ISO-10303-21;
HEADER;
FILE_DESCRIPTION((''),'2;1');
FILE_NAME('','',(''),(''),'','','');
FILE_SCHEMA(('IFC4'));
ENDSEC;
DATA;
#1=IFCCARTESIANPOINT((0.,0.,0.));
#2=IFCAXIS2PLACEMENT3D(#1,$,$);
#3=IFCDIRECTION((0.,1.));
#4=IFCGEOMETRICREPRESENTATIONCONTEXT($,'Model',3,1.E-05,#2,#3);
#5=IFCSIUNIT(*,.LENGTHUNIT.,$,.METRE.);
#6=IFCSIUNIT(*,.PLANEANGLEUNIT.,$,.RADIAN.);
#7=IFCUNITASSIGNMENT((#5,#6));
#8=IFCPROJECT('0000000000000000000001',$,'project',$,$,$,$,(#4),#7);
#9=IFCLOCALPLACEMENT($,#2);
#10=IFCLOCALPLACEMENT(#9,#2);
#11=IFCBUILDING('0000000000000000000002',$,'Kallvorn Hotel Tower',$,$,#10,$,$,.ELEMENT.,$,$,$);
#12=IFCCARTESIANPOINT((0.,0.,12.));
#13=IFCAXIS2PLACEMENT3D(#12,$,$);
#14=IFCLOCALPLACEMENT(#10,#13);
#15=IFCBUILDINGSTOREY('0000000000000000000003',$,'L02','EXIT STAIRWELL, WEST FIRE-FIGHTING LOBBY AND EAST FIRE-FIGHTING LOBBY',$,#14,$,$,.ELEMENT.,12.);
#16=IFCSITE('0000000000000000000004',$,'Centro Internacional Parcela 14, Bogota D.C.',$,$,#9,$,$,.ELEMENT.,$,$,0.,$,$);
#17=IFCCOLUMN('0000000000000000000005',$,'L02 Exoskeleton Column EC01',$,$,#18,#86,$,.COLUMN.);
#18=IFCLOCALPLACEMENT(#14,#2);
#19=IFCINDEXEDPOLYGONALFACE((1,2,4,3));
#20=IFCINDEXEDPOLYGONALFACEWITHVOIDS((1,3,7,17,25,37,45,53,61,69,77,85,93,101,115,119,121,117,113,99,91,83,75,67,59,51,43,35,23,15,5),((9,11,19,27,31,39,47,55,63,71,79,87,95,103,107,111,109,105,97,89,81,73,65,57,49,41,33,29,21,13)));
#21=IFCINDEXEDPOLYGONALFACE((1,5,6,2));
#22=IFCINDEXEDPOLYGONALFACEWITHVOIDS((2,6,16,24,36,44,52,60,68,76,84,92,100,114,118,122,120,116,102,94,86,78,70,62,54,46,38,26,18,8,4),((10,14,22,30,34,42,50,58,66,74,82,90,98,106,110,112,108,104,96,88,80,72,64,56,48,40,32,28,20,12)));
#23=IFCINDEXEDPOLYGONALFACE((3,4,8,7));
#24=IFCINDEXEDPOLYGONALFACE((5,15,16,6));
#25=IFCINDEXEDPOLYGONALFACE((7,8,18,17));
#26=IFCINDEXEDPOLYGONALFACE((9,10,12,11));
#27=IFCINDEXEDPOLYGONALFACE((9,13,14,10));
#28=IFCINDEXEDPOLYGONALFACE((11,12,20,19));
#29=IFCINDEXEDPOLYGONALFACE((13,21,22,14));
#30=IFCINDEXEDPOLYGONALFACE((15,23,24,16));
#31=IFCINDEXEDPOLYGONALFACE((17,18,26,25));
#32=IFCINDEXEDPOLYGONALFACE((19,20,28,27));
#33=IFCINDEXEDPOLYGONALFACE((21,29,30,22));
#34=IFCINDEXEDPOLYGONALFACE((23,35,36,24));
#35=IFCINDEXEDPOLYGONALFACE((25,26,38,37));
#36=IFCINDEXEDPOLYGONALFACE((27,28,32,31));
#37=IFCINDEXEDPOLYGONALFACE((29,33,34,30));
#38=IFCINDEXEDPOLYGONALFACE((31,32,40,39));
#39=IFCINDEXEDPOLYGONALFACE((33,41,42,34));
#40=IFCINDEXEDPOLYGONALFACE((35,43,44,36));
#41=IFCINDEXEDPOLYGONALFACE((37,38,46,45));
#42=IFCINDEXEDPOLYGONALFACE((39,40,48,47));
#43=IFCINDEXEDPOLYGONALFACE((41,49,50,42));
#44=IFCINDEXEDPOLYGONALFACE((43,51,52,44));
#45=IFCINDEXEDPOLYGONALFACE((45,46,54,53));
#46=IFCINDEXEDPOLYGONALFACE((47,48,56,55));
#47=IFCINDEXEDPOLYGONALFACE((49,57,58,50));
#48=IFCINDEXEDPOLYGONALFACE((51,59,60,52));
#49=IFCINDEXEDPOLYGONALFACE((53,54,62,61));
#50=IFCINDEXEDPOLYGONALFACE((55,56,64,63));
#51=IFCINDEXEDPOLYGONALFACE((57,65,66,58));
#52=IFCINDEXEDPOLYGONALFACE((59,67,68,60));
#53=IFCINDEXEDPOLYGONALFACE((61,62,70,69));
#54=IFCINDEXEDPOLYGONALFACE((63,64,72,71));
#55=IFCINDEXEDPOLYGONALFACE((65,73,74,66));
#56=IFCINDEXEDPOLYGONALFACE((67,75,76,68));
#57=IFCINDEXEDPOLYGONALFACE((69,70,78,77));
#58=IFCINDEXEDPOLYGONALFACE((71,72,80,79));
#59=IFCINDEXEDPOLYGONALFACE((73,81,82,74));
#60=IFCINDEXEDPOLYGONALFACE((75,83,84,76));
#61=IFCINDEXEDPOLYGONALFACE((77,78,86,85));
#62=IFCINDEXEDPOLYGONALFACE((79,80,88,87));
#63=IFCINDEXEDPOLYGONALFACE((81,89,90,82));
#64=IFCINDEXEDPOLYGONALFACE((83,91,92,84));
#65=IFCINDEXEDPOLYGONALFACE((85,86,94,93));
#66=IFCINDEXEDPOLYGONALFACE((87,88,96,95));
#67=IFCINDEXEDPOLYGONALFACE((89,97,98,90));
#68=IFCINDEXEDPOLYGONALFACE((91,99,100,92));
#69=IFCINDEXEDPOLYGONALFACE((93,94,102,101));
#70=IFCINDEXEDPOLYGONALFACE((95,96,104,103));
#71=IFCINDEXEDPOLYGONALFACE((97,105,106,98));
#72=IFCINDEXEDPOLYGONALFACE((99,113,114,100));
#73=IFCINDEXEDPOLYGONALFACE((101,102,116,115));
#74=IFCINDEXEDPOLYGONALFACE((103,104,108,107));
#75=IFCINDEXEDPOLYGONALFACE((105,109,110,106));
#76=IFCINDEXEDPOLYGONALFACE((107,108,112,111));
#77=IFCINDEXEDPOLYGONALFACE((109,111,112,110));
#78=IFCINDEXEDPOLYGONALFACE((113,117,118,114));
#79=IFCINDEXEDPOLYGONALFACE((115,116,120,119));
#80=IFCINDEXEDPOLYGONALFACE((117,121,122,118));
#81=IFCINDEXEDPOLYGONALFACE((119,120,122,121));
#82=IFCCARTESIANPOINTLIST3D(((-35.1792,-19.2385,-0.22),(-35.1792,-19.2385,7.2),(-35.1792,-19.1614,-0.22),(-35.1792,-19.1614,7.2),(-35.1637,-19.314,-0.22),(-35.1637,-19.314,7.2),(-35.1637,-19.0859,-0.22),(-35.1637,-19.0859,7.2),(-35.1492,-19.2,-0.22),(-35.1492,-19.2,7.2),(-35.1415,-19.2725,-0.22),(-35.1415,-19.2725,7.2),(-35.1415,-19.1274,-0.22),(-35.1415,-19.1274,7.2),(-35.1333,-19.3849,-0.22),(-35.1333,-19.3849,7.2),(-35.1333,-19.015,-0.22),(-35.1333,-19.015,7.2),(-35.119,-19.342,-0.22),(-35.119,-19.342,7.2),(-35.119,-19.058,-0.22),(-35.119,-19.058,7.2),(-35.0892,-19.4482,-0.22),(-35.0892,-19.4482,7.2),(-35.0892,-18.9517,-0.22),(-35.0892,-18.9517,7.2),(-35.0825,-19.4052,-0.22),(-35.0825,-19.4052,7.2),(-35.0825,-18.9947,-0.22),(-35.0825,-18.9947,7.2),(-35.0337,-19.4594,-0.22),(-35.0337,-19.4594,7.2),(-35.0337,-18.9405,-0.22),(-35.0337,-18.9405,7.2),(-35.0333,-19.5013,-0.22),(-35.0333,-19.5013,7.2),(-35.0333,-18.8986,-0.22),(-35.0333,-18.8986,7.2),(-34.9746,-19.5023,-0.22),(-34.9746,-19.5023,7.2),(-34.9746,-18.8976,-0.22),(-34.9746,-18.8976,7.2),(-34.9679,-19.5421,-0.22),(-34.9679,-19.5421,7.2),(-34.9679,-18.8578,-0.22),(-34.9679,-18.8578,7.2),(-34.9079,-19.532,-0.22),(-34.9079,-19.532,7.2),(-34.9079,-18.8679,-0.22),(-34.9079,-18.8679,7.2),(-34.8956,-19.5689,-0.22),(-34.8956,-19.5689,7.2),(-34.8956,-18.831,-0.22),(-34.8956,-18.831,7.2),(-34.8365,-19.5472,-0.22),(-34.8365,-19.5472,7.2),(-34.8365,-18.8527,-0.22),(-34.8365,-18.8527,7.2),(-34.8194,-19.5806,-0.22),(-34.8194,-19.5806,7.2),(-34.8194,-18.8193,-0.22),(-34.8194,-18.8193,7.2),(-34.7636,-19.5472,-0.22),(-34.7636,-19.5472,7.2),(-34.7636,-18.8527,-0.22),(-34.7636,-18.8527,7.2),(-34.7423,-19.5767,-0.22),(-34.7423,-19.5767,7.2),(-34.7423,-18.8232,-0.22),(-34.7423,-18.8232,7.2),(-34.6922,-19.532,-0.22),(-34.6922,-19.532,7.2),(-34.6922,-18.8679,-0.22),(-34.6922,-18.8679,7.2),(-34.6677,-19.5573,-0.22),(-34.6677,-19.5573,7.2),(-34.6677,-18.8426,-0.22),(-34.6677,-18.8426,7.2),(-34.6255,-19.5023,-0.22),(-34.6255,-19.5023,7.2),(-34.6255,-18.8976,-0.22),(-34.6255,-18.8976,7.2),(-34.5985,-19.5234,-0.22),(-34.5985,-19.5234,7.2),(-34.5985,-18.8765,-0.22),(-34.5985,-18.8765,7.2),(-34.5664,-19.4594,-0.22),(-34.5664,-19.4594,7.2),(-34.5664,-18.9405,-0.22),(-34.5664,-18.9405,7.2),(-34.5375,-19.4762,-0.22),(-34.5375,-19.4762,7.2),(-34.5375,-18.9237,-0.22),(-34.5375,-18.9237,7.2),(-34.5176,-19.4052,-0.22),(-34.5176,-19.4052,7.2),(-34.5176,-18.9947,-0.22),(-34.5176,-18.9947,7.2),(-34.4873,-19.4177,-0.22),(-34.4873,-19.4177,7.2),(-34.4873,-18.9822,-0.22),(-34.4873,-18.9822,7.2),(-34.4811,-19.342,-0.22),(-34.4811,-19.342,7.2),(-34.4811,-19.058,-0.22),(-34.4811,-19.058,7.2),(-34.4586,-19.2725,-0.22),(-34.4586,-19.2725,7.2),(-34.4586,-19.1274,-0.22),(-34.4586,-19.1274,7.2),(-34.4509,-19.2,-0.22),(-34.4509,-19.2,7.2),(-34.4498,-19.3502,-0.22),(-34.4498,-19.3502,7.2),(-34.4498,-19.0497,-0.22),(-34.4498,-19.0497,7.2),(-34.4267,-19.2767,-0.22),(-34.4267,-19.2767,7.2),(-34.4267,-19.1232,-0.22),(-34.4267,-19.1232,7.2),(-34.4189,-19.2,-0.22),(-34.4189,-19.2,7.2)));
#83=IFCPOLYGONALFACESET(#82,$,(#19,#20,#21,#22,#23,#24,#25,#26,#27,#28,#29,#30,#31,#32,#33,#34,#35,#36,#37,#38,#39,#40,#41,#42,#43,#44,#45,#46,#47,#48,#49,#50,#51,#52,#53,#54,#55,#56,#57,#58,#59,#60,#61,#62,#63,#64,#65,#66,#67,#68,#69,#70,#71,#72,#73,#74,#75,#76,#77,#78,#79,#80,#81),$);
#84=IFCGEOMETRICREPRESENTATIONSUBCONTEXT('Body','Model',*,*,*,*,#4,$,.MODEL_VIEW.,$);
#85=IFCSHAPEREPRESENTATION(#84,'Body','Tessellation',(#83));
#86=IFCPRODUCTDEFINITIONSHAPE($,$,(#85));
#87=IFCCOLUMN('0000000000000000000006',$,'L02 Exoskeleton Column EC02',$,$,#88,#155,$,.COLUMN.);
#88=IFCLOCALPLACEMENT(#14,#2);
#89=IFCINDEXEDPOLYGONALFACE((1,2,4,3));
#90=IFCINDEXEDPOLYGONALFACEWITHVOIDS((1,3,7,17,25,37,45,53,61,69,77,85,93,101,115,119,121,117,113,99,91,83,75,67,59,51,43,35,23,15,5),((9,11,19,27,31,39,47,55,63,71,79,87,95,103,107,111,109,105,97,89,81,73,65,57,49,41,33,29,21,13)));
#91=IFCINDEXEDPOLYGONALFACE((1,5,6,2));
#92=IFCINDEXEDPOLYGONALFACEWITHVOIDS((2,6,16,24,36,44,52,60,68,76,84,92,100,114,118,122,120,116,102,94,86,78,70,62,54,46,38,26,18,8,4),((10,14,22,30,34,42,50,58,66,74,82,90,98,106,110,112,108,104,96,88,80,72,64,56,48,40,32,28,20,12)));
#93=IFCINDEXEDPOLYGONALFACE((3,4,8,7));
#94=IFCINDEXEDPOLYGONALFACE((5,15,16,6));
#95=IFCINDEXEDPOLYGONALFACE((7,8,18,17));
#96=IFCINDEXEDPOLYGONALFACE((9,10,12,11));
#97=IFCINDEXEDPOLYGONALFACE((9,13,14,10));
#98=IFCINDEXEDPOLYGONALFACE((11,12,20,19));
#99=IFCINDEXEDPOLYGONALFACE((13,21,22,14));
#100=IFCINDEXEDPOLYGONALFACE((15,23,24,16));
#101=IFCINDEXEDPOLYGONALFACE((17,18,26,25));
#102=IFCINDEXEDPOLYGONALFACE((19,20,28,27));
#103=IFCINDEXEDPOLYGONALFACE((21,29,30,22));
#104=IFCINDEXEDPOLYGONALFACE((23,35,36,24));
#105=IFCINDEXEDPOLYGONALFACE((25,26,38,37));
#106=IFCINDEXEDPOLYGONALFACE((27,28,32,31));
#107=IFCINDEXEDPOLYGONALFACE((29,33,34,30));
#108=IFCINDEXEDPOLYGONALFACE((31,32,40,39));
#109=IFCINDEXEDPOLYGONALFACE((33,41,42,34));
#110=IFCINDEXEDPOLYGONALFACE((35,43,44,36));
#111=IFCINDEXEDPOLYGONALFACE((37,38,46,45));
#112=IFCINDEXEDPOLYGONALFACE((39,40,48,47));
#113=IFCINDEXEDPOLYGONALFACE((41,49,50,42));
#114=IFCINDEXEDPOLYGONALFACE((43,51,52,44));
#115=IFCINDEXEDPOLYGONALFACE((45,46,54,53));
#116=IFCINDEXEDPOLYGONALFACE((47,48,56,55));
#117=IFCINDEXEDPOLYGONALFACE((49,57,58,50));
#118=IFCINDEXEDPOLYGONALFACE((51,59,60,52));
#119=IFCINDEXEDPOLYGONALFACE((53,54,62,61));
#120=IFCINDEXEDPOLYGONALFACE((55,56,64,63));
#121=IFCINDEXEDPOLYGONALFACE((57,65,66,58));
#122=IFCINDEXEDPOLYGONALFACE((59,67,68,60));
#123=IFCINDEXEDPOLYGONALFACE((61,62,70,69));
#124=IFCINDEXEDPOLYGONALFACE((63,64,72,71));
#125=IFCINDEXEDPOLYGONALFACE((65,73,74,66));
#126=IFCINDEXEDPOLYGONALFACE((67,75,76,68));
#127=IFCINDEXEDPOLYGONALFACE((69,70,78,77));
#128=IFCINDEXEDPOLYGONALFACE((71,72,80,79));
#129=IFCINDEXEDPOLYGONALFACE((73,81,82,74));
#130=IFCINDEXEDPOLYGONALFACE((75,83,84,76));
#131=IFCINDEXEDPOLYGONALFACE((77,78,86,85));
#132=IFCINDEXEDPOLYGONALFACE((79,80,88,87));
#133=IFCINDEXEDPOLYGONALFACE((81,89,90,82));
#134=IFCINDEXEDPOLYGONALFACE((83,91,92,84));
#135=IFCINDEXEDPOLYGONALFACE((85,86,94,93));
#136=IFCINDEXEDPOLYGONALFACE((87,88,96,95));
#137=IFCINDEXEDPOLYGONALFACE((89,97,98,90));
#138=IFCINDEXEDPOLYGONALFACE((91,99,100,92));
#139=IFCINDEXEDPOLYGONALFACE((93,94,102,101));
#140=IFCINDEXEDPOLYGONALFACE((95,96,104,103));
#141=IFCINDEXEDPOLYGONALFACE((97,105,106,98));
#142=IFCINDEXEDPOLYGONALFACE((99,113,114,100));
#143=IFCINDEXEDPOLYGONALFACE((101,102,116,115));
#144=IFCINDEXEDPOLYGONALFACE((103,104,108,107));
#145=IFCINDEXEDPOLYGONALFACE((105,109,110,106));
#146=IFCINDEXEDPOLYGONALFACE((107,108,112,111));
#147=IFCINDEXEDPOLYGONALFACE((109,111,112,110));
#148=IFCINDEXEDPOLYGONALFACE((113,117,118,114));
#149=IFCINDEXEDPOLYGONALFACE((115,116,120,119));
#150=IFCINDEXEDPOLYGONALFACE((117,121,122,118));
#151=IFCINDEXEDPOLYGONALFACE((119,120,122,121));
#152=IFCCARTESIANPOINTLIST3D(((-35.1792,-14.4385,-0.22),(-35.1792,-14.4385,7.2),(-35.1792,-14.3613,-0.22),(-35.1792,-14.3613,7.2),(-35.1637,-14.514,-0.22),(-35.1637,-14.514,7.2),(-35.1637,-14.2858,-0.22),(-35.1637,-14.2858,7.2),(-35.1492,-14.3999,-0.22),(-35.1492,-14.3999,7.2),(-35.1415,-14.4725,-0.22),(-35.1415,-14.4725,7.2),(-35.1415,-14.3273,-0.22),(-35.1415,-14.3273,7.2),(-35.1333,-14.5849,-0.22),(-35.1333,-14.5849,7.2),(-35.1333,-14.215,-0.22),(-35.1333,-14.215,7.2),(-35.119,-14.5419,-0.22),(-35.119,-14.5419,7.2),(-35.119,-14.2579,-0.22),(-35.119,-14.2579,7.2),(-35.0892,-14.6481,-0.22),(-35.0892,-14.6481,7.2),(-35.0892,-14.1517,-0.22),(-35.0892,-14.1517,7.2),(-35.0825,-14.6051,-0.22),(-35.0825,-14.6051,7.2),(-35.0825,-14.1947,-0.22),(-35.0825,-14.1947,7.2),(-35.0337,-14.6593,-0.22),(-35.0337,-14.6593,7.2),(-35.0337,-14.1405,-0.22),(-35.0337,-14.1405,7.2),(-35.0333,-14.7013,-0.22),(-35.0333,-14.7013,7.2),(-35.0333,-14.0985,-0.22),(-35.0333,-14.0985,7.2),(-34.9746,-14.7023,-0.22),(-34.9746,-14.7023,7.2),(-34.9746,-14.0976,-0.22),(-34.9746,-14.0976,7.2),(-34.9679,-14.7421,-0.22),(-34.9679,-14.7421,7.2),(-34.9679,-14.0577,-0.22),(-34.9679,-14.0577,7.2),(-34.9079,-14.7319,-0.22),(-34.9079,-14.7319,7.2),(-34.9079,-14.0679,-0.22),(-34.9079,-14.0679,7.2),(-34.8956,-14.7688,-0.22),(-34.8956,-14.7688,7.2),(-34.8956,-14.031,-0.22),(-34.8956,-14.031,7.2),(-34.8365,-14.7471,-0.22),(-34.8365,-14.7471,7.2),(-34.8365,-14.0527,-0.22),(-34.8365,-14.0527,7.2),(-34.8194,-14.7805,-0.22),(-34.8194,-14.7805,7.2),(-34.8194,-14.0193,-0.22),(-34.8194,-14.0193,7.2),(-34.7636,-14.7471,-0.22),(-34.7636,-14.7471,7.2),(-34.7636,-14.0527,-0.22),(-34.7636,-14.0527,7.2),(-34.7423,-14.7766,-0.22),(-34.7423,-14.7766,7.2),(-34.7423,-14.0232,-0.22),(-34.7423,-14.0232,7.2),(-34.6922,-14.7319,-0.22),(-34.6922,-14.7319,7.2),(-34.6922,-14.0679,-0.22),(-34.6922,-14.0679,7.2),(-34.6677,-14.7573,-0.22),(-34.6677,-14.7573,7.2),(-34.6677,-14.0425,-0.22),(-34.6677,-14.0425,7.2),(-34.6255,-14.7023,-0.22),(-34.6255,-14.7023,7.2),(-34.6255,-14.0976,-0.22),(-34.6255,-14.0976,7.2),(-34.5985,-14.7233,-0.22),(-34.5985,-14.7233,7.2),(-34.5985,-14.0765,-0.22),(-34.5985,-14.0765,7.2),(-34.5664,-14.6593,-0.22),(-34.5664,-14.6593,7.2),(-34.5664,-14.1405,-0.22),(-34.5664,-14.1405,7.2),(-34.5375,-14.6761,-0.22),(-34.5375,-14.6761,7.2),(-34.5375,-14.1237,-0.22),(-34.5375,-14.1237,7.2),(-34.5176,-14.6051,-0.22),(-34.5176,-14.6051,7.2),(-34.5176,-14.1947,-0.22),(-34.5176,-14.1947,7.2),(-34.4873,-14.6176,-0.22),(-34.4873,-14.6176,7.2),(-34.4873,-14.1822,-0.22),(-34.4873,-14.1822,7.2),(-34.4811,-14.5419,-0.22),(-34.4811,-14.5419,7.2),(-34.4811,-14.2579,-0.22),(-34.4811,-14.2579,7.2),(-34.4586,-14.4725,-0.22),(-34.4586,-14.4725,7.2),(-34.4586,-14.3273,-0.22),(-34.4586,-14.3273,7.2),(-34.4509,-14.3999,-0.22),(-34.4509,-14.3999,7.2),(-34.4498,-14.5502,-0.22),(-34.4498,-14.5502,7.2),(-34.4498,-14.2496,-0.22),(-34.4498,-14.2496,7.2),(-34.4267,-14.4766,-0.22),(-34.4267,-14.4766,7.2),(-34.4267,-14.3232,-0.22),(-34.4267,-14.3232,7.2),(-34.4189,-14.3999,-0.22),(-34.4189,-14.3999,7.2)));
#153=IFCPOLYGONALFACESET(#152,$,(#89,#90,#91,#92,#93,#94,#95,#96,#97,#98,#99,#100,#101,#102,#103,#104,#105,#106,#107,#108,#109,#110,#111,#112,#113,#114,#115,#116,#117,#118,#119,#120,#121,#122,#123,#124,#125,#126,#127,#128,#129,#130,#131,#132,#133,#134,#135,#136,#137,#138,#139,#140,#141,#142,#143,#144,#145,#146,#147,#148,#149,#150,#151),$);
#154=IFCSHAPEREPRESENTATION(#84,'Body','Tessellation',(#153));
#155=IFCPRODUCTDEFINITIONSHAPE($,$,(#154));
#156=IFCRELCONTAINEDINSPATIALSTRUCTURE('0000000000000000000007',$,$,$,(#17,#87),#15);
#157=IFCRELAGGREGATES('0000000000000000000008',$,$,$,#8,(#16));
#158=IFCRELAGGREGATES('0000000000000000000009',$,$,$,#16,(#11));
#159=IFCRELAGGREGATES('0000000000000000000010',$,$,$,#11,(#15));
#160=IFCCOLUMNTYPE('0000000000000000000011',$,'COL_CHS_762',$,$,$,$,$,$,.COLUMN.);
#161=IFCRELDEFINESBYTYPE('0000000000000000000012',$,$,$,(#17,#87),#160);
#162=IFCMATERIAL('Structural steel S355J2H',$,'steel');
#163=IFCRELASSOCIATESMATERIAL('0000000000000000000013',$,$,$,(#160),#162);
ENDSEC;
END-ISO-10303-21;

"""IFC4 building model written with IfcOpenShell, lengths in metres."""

from ifc_helpers import new_model, si_unit, direction, frame, origin, origin_2d, place, context, subcontext, project, spatial, hollow_circle, extrude, material, material_profile, profile_set, type_object, element, save


model = new_model("IFC4")

# Units and contexts
model_context = context("Model", 3, precision=1e-05, world=origin(), true_north=direction((0.0, 1.0)))
body_context = subcontext(model_context, "Body", "Model", "MODEL_VIEW")
ifc_project = project(units=[si_unit("LENGTHUNIT", "METRE"), si_unit("PLANEANGLEUNIT", "RADIAN")], contexts=[model_context])

# Site, building, storey
site_placement = place(None, origin())
site = spatial("IfcSite", under=ifc_project, at=site_placement, Name="Centro Internacional Parcela 14, Bogota D.C.", CompositionType="ELEMENT", RefElevation=0.0)
building_placement = place(site_placement, origin())
building = spatial("IfcBuilding", under=site, at=building_placement, Name="Kallvorn Hotel Tower", CompositionType="ELEMENT")
storey_placement = place(building_placement, frame((0.0, 0.0, 12.0)))
storey = spatial("IfcBuildingStorey", under=building, at=storey_placement, Name="L02", Description="EXIT STAIRWELL, WEST FIRE-FIGHTING LOBBY AND EAST FIRE-FIGHTING LOBBY", CompositionType="ELEMENT", Elevation=12.0)

# Columns
ifc_material_1 = material(Name="Structural steel S355J2H", Category="steel")
ifc_material_profile_1 = material_profile(ifc_material_1, hollow_circle(Radius=0.3811, WallThickness=0.032, at=origin_2d()), Name="CHS 762x32")
ifc_profile_set_1 = profile_set([ifc_material_profile_1], Name="Structural steel S355J2H")
column_type_1 = type_object("IfcColumnType", Name="COL_CHS_762", PredefinedType="COLUMN", material=ifc_profile_set_1)
for number, where, z_axis, x_axis, name in (
    (1, (-34.8, -19.2, -0.22), (0.0, 0.0, 1.0), (1.0, 0.0, 0.0), "L02 Exoskeleton Column EC01"),
    (2, (-34.8, -14.3999, -0.22), (0.0, 0.0, 1.0), (1.0, 0.0, 0.0), "L02 Exoskeleton Column EC02"),
):
    element("IfcColumn", number, at=place(storey_placement, frame(where, z_axis=z_axis, x_axis=x_axis)), inside=storey, type_object=column_type_1, Name=name, PredefinedType="COLUMN", context=body_context, shape_type="SweptSolid", body=[
        extrude(hollow_circle(Radius=0.3811, WallThickness=0.032, at=origin_2d()), origin(), (0.0, 0.0, 1.0), 7.4199),
    ])

save(model, "model.ifc")
